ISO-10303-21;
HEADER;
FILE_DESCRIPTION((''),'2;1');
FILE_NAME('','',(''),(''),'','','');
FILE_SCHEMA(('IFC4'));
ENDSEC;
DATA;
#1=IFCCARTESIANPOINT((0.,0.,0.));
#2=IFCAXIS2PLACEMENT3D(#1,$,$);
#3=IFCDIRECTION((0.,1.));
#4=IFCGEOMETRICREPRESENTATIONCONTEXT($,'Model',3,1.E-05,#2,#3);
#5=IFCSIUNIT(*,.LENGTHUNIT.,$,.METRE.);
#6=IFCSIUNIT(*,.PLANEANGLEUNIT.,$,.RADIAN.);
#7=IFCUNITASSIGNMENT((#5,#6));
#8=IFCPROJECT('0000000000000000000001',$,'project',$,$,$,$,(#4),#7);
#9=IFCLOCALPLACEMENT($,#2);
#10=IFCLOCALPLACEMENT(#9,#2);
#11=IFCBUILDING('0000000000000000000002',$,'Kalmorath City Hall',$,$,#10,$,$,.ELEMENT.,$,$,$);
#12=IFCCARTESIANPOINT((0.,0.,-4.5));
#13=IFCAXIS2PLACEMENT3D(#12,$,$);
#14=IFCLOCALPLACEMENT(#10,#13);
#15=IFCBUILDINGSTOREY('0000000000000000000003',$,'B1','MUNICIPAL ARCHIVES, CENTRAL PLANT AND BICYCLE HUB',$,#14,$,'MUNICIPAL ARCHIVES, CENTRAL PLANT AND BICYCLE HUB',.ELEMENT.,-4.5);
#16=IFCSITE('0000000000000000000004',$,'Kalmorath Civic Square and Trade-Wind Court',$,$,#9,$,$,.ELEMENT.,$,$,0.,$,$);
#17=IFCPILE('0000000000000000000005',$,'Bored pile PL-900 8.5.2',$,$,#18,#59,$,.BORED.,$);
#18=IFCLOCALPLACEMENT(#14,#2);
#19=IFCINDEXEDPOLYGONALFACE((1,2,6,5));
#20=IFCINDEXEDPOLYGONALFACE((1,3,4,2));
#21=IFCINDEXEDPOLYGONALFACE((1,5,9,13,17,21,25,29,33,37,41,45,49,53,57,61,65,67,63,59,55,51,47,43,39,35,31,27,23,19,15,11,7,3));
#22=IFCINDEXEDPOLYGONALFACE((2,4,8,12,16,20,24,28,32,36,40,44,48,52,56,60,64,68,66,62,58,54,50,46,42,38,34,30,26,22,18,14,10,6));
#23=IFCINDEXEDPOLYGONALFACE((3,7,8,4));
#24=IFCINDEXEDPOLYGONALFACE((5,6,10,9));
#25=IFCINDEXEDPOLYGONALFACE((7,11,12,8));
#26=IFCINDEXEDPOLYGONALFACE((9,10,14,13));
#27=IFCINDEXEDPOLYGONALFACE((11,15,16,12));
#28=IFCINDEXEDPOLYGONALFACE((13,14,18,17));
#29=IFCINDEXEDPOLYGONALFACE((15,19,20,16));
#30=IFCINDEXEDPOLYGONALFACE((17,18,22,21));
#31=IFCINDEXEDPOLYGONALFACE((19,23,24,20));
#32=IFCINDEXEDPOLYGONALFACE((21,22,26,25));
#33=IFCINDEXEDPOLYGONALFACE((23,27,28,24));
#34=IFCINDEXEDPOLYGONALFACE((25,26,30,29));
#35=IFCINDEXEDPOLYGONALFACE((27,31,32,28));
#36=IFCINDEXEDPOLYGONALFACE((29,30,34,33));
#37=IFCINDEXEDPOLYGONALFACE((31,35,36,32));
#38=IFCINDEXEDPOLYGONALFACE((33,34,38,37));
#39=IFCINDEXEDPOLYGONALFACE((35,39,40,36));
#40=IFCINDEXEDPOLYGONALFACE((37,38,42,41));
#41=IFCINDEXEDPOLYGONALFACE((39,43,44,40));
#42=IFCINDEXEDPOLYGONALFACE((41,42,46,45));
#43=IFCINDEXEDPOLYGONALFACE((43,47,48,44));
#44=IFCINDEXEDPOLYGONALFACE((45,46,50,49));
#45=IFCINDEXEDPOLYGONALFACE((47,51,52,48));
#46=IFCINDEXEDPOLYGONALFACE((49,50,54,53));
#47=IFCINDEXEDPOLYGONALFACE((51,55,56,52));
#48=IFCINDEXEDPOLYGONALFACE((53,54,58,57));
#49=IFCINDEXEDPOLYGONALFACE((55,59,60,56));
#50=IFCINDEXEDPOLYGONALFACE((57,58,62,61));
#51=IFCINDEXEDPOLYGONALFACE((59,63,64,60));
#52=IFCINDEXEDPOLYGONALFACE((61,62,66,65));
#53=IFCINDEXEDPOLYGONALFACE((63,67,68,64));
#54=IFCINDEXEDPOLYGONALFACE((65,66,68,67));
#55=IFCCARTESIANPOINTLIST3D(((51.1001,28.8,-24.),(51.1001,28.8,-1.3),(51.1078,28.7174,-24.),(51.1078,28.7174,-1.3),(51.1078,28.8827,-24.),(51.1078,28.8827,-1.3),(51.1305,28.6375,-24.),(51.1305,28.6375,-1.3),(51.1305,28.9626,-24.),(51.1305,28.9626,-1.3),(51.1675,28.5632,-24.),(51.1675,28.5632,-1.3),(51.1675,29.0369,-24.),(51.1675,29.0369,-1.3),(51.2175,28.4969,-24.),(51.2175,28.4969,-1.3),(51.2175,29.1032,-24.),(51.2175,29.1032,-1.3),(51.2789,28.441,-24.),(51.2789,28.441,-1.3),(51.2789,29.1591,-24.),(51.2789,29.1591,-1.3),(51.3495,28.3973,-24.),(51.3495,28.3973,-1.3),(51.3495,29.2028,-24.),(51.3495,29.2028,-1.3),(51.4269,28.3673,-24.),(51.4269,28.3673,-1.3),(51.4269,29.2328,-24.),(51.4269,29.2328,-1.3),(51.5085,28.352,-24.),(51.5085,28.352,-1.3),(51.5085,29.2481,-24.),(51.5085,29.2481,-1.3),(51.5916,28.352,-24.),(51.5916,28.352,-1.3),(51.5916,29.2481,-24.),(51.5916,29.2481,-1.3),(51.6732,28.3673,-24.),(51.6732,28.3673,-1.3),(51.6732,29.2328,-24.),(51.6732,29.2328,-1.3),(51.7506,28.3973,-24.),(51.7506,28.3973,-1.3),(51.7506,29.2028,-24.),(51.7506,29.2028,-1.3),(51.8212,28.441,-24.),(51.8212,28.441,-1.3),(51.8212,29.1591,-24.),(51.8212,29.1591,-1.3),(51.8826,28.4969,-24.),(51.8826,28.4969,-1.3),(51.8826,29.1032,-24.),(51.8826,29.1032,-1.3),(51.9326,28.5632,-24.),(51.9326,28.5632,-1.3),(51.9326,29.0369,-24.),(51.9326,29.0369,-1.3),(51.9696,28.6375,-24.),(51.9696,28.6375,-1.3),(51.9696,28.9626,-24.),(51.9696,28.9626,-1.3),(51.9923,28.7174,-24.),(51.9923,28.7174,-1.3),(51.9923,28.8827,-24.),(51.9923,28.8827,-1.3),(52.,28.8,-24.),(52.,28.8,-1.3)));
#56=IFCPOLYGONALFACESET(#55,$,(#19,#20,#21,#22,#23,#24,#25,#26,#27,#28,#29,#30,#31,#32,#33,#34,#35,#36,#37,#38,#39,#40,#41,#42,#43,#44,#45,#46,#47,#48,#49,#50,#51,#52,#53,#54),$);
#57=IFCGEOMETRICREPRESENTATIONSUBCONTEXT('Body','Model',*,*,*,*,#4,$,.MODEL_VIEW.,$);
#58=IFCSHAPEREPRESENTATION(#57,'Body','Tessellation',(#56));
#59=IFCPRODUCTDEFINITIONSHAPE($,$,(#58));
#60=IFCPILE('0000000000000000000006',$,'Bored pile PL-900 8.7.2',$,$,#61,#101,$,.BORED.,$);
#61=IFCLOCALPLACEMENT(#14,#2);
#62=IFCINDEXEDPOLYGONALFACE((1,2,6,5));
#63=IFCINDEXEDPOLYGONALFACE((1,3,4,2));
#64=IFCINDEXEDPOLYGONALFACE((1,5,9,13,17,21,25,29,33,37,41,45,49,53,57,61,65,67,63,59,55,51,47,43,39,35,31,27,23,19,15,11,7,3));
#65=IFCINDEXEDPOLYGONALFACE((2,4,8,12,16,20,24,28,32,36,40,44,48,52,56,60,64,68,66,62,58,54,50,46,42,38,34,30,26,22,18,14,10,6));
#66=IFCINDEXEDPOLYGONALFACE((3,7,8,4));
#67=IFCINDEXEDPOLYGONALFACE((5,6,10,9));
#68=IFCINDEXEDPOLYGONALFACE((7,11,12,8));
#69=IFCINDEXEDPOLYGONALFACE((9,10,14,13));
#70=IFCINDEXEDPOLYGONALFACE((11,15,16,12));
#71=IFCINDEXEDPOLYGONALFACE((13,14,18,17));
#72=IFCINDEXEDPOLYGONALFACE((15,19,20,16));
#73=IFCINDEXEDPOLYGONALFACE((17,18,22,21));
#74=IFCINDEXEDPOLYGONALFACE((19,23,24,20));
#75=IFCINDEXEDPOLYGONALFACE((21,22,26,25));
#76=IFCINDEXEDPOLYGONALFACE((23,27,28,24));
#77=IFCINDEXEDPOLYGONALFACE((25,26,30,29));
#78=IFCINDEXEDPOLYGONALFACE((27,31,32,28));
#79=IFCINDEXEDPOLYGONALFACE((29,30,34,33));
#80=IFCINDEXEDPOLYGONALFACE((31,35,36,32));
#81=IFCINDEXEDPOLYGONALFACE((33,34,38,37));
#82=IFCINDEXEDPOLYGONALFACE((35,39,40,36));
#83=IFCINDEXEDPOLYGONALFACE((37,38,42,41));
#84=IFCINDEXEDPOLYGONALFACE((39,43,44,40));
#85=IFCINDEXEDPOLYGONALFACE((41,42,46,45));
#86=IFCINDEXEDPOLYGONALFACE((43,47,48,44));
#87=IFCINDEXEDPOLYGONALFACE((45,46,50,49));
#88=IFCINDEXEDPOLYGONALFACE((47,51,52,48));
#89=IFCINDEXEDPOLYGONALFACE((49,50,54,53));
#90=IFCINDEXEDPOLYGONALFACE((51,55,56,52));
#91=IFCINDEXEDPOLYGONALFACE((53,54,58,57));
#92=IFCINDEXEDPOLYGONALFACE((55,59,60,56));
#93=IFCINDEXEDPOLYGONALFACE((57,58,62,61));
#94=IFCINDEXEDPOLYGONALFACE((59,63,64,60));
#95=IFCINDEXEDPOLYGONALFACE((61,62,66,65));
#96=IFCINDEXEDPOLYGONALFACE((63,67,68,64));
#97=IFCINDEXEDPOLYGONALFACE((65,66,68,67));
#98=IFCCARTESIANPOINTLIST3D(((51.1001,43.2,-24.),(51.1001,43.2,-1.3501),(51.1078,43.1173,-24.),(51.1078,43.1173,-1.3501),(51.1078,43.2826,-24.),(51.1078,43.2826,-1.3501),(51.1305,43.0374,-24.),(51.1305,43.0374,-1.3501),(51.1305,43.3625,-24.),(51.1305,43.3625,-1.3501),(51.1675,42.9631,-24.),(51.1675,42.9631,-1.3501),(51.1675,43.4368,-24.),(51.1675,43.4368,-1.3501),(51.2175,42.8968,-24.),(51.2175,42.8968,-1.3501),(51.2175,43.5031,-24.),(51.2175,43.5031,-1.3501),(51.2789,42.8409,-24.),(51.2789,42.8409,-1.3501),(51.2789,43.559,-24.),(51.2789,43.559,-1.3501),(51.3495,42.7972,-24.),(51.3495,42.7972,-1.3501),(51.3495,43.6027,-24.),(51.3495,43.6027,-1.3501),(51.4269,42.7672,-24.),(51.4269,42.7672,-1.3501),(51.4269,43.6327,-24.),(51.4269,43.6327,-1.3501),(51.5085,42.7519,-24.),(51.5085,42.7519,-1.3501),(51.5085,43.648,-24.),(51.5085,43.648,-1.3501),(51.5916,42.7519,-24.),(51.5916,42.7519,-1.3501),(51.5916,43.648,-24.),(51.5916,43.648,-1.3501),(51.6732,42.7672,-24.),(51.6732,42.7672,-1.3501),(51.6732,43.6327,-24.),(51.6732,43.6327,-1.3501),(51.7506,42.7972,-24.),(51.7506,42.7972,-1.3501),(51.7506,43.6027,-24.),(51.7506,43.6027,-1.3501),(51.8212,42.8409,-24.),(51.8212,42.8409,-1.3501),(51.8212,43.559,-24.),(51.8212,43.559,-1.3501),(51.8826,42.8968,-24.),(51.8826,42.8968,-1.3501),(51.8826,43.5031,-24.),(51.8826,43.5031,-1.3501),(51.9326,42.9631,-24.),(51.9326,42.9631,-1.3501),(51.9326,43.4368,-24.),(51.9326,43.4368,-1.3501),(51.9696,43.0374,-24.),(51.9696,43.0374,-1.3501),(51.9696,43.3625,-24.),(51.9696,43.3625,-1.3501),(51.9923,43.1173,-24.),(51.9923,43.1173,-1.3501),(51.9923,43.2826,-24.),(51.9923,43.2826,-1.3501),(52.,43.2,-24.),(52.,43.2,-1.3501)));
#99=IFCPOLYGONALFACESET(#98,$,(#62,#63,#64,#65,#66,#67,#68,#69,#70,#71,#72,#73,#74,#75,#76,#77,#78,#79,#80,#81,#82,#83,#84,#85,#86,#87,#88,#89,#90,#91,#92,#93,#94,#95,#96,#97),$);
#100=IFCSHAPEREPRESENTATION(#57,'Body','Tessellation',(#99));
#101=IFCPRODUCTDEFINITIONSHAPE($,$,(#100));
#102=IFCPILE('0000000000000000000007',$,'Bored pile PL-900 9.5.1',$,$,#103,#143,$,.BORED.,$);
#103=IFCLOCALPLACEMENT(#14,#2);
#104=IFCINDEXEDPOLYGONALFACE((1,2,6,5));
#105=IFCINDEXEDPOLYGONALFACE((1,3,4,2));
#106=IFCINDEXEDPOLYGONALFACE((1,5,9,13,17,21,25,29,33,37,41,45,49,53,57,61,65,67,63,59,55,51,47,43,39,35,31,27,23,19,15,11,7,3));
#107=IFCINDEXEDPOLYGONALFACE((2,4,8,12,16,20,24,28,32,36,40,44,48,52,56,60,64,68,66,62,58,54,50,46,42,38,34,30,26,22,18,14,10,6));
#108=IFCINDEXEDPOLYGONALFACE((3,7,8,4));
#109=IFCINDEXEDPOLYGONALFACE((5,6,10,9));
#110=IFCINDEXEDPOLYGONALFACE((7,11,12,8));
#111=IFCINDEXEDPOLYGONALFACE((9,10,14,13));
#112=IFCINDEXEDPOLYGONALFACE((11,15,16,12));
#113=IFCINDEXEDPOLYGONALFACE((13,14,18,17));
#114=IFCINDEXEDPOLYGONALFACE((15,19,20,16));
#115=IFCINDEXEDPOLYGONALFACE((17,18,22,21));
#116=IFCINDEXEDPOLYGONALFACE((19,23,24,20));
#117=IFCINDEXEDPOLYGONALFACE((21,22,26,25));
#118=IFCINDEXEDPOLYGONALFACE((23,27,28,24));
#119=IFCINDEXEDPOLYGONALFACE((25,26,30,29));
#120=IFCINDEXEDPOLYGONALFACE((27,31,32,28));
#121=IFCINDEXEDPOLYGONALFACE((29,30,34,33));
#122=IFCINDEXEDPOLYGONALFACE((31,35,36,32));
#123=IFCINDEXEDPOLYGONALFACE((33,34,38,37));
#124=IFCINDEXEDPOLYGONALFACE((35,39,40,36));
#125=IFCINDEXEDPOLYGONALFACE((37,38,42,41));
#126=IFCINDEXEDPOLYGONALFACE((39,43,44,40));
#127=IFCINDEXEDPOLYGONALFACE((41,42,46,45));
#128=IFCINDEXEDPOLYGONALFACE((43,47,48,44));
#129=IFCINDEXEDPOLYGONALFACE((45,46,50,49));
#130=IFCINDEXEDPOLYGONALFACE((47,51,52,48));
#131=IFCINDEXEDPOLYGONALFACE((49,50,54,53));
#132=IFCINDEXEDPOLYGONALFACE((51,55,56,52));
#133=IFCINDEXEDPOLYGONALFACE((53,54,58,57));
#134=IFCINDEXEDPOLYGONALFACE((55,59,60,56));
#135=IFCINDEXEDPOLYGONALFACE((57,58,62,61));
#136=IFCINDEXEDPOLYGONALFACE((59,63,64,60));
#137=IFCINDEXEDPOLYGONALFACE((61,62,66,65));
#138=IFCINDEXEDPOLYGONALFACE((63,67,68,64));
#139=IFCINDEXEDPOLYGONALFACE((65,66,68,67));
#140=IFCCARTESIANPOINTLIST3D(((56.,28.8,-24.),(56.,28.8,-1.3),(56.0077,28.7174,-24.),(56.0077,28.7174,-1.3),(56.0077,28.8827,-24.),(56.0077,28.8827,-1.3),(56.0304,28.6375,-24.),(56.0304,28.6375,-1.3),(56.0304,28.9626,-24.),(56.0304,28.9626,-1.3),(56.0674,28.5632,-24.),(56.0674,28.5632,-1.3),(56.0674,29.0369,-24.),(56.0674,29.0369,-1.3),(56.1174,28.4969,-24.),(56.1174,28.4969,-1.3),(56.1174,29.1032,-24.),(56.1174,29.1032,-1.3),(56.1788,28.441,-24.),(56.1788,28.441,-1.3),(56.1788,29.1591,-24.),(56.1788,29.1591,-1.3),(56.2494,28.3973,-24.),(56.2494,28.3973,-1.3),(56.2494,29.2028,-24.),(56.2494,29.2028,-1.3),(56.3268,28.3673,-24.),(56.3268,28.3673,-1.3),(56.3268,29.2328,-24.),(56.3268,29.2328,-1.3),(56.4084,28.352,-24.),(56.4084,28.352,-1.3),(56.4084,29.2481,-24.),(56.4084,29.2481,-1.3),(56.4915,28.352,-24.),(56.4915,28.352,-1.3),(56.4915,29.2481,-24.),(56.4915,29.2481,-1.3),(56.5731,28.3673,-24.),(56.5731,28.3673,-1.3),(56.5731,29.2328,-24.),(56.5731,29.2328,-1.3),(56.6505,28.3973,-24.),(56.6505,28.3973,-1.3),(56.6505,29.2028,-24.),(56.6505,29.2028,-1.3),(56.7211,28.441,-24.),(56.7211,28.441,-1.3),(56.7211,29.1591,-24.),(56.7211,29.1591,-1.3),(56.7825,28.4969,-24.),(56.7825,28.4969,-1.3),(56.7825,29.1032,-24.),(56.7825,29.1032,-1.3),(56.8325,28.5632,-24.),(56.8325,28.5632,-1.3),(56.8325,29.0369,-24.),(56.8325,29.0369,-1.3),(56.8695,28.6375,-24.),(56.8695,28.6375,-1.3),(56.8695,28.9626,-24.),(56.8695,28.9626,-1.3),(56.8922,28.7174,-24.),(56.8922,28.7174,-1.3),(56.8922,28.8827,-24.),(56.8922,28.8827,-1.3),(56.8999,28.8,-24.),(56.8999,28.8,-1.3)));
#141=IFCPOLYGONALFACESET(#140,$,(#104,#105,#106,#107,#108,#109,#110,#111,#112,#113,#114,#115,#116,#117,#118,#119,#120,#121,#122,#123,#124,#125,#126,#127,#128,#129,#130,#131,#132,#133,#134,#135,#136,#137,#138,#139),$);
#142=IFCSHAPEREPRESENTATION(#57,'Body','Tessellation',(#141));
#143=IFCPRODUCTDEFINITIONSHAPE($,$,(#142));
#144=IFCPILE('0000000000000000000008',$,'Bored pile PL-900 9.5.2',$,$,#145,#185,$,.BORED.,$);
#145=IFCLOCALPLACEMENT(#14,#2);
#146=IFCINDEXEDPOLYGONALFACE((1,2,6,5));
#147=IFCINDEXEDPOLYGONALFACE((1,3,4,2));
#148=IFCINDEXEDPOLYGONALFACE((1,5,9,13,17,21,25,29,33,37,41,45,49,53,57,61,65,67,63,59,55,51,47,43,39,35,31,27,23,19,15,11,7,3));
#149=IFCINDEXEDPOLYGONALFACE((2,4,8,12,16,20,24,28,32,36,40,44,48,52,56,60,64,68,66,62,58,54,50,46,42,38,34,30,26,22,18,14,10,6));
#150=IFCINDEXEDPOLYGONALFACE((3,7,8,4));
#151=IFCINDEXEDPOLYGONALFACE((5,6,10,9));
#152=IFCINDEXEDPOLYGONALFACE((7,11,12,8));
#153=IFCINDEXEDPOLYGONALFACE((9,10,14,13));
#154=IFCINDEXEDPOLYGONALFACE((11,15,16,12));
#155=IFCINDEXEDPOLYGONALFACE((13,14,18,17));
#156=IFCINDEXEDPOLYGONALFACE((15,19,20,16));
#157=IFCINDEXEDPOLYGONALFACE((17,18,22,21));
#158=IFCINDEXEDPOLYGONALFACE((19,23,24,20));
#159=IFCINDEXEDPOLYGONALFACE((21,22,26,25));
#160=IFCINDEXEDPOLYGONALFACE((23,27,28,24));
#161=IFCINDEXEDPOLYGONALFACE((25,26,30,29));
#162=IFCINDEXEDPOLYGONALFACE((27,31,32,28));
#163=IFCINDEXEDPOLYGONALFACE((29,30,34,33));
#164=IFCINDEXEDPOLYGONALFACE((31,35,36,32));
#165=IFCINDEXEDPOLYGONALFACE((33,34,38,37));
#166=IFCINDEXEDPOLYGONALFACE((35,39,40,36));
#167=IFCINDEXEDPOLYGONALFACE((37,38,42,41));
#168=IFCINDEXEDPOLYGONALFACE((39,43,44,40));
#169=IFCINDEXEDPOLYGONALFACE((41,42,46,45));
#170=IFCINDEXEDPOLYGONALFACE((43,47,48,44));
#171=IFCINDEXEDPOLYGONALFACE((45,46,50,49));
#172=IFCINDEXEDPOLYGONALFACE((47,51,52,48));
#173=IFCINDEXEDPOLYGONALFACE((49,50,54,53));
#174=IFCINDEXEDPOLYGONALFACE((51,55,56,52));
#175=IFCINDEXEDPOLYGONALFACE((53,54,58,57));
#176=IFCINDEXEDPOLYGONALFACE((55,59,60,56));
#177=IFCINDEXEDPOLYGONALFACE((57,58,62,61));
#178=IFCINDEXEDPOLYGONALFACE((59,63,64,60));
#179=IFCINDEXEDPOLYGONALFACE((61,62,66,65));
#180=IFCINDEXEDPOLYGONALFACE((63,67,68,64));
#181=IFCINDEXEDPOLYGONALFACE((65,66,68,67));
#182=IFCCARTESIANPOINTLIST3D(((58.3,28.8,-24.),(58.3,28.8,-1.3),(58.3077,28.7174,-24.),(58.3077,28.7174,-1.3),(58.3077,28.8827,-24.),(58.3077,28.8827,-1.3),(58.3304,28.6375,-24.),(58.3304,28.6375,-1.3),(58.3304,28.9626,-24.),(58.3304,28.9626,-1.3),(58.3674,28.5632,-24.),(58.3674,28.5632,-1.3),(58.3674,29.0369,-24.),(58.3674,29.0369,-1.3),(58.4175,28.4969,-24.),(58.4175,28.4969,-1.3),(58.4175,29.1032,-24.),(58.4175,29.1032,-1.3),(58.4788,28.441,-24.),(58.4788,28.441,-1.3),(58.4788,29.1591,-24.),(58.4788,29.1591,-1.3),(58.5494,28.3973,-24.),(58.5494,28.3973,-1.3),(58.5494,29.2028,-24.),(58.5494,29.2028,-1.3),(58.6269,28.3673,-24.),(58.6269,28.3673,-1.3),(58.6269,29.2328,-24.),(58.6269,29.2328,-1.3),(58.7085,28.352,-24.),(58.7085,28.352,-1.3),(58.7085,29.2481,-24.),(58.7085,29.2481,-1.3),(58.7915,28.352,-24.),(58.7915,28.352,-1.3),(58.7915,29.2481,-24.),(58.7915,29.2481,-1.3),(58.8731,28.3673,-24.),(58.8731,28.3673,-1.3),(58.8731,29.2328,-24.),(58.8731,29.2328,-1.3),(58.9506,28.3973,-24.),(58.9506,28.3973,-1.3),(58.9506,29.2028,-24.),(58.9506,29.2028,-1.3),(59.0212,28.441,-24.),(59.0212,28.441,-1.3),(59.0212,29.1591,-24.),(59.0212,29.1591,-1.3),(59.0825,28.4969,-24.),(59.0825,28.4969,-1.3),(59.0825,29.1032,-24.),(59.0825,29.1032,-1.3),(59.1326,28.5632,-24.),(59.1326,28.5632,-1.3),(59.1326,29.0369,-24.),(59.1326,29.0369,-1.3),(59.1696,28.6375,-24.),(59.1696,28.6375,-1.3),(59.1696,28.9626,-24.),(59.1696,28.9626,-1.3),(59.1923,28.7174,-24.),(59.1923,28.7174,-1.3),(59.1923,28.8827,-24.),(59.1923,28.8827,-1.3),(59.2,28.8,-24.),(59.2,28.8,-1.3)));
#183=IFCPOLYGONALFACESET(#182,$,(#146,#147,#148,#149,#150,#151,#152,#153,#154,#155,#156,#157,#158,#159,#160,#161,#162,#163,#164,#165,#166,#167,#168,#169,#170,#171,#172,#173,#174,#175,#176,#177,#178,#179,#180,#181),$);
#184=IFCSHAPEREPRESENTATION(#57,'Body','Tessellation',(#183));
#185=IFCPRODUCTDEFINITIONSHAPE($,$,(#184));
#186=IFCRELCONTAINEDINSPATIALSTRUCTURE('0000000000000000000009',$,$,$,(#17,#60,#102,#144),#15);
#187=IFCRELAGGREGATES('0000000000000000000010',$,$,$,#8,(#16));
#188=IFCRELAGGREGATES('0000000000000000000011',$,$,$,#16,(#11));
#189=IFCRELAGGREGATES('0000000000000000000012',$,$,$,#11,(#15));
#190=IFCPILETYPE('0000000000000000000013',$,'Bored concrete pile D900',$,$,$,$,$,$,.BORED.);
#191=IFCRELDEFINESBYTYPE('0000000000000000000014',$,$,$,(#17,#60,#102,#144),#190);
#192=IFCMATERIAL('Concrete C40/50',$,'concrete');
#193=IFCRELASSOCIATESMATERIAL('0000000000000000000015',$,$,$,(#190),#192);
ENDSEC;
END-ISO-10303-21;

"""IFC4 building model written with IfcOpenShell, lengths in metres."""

from ifc_helpers import new_model, si_unit, direction, frame, origin, origin_2d, place, context, subcontext, project, spatial, circle, extrude, material, material_profile, profile_set, type_object, element, save


model = new_model("IFC4")

# Units and contexts
model_context = context("Model", 3, precision=1e-05, world=origin(), true_north=direction((0.0, 1.0)))
body_context = subcontext(model_context, "Body", "Model", "MODEL_VIEW")
ifc_project = project(units=[si_unit("LENGTHUNIT", "METRE"), si_unit("PLANEANGLEUNIT", "RADIAN")], contexts=[model_context])

# Site, building, storey
site_placement = place(None, origin())
site = spatial("IfcSite", under=ifc_project, at=site_placement, Name="Kalmorath Civic Square and Trade-Wind Court", CompositionType="ELEMENT", RefElevation=0.0)
building_placement = place(site_placement, origin())
building = spatial("IfcBuilding", under=site, at=building_placement, Name="Kalmorath City Hall", CompositionType="ELEMENT")
storey_placement = place(building_placement, frame((0.0, 0.0, -4.5)))
storey = spatial("IfcBuildingStorey", under=building, at=storey_placement, Name="B1", Description="MUNICIPAL ARCHIVES, CENTRAL PLANT AND BICYCLE HUB", LongName="MUNICIPAL ARCHIVES, CENTRAL PLANT AND BICYCLE HUB", CompositionType="ELEMENT", Elevation=-4.5)

# Piles
ifc_material_1 = material(Name="Concrete C40/50", Category="concrete")
ifc_material_profile_1 = material_profile(ifc_material_1, circle(Radius=0.45, at=origin_2d()), Name="PILE-D900")
ifc_profile_set_1 = profile_set([ifc_material_profile_1], Name="Concrete C40/50")
pile_type = type_object("IfcPileType", Name="Bored concrete pile D900", PredefinedType="BORED", material=ifc_profile_set_1)
pile_1_placement = place(storey_placement, frame((51.55, 28.8, -1.3), z_axis=(0.0, 0.0, -1.0), x_axis=(1.0, 0.0, 0.0)))
element("IfcPile", 1, at=pile_1_placement, inside=storey, type_object=pile_type, Name="Bored pile PL-900 8.5.2", PredefinedType="BORED", context=body_context, shape_type="SweptSolid", body=[
    extrude(circle(Radius=0.45, at=origin_2d()), origin(), (0.0, 0.0, 1.0), 22.7),
])
pile_2_placement = place(storey_placement, frame((51.55, 43.2, -1.3501), z_axis=(0.0, 0.0, -1.0), x_axis=(1.0, 0.0, 0.0)))
element("IfcPile", 2, at=pile_2_placement, inside=storey, type_object=pile_type, Name="Bored pile PL-900 8.7.2", PredefinedType="BORED", context=body_context, shape_type="SweptSolid", body=[
    extrude(circle(Radius=0.45, at=origin_2d()), origin(), (0.0, 0.0, 1.0), 22.6499),
])
for number, where, z_axis, x_axis, name in (
    (3, (56.45, 28.8, -1.3), (0.0, 0.0, -1.0), (1.0, 0.0, 0.0), "Bored pile PL-900 9.5.1"),
    (4, (58.75, 28.8, -1.3), (0.0, 0.0, -1.0), (1.0, 0.0, 0.0), "Bored pile PL-900 9.5.2"),
):
    element("IfcPile", number, at=place(storey_placement, frame(where, z_axis=z_axis, x_axis=x_axis)), inside=storey, type_object=pile_type, Name=name, PredefinedType="BORED", context=body_context, shape_type="SweptSolid", body=[
        extrude(circle(Radius=0.45, at=origin_2d()), origin(), (0.0, 0.0, 1.0), 22.7),
    ])

save(model, "model.ifc")
